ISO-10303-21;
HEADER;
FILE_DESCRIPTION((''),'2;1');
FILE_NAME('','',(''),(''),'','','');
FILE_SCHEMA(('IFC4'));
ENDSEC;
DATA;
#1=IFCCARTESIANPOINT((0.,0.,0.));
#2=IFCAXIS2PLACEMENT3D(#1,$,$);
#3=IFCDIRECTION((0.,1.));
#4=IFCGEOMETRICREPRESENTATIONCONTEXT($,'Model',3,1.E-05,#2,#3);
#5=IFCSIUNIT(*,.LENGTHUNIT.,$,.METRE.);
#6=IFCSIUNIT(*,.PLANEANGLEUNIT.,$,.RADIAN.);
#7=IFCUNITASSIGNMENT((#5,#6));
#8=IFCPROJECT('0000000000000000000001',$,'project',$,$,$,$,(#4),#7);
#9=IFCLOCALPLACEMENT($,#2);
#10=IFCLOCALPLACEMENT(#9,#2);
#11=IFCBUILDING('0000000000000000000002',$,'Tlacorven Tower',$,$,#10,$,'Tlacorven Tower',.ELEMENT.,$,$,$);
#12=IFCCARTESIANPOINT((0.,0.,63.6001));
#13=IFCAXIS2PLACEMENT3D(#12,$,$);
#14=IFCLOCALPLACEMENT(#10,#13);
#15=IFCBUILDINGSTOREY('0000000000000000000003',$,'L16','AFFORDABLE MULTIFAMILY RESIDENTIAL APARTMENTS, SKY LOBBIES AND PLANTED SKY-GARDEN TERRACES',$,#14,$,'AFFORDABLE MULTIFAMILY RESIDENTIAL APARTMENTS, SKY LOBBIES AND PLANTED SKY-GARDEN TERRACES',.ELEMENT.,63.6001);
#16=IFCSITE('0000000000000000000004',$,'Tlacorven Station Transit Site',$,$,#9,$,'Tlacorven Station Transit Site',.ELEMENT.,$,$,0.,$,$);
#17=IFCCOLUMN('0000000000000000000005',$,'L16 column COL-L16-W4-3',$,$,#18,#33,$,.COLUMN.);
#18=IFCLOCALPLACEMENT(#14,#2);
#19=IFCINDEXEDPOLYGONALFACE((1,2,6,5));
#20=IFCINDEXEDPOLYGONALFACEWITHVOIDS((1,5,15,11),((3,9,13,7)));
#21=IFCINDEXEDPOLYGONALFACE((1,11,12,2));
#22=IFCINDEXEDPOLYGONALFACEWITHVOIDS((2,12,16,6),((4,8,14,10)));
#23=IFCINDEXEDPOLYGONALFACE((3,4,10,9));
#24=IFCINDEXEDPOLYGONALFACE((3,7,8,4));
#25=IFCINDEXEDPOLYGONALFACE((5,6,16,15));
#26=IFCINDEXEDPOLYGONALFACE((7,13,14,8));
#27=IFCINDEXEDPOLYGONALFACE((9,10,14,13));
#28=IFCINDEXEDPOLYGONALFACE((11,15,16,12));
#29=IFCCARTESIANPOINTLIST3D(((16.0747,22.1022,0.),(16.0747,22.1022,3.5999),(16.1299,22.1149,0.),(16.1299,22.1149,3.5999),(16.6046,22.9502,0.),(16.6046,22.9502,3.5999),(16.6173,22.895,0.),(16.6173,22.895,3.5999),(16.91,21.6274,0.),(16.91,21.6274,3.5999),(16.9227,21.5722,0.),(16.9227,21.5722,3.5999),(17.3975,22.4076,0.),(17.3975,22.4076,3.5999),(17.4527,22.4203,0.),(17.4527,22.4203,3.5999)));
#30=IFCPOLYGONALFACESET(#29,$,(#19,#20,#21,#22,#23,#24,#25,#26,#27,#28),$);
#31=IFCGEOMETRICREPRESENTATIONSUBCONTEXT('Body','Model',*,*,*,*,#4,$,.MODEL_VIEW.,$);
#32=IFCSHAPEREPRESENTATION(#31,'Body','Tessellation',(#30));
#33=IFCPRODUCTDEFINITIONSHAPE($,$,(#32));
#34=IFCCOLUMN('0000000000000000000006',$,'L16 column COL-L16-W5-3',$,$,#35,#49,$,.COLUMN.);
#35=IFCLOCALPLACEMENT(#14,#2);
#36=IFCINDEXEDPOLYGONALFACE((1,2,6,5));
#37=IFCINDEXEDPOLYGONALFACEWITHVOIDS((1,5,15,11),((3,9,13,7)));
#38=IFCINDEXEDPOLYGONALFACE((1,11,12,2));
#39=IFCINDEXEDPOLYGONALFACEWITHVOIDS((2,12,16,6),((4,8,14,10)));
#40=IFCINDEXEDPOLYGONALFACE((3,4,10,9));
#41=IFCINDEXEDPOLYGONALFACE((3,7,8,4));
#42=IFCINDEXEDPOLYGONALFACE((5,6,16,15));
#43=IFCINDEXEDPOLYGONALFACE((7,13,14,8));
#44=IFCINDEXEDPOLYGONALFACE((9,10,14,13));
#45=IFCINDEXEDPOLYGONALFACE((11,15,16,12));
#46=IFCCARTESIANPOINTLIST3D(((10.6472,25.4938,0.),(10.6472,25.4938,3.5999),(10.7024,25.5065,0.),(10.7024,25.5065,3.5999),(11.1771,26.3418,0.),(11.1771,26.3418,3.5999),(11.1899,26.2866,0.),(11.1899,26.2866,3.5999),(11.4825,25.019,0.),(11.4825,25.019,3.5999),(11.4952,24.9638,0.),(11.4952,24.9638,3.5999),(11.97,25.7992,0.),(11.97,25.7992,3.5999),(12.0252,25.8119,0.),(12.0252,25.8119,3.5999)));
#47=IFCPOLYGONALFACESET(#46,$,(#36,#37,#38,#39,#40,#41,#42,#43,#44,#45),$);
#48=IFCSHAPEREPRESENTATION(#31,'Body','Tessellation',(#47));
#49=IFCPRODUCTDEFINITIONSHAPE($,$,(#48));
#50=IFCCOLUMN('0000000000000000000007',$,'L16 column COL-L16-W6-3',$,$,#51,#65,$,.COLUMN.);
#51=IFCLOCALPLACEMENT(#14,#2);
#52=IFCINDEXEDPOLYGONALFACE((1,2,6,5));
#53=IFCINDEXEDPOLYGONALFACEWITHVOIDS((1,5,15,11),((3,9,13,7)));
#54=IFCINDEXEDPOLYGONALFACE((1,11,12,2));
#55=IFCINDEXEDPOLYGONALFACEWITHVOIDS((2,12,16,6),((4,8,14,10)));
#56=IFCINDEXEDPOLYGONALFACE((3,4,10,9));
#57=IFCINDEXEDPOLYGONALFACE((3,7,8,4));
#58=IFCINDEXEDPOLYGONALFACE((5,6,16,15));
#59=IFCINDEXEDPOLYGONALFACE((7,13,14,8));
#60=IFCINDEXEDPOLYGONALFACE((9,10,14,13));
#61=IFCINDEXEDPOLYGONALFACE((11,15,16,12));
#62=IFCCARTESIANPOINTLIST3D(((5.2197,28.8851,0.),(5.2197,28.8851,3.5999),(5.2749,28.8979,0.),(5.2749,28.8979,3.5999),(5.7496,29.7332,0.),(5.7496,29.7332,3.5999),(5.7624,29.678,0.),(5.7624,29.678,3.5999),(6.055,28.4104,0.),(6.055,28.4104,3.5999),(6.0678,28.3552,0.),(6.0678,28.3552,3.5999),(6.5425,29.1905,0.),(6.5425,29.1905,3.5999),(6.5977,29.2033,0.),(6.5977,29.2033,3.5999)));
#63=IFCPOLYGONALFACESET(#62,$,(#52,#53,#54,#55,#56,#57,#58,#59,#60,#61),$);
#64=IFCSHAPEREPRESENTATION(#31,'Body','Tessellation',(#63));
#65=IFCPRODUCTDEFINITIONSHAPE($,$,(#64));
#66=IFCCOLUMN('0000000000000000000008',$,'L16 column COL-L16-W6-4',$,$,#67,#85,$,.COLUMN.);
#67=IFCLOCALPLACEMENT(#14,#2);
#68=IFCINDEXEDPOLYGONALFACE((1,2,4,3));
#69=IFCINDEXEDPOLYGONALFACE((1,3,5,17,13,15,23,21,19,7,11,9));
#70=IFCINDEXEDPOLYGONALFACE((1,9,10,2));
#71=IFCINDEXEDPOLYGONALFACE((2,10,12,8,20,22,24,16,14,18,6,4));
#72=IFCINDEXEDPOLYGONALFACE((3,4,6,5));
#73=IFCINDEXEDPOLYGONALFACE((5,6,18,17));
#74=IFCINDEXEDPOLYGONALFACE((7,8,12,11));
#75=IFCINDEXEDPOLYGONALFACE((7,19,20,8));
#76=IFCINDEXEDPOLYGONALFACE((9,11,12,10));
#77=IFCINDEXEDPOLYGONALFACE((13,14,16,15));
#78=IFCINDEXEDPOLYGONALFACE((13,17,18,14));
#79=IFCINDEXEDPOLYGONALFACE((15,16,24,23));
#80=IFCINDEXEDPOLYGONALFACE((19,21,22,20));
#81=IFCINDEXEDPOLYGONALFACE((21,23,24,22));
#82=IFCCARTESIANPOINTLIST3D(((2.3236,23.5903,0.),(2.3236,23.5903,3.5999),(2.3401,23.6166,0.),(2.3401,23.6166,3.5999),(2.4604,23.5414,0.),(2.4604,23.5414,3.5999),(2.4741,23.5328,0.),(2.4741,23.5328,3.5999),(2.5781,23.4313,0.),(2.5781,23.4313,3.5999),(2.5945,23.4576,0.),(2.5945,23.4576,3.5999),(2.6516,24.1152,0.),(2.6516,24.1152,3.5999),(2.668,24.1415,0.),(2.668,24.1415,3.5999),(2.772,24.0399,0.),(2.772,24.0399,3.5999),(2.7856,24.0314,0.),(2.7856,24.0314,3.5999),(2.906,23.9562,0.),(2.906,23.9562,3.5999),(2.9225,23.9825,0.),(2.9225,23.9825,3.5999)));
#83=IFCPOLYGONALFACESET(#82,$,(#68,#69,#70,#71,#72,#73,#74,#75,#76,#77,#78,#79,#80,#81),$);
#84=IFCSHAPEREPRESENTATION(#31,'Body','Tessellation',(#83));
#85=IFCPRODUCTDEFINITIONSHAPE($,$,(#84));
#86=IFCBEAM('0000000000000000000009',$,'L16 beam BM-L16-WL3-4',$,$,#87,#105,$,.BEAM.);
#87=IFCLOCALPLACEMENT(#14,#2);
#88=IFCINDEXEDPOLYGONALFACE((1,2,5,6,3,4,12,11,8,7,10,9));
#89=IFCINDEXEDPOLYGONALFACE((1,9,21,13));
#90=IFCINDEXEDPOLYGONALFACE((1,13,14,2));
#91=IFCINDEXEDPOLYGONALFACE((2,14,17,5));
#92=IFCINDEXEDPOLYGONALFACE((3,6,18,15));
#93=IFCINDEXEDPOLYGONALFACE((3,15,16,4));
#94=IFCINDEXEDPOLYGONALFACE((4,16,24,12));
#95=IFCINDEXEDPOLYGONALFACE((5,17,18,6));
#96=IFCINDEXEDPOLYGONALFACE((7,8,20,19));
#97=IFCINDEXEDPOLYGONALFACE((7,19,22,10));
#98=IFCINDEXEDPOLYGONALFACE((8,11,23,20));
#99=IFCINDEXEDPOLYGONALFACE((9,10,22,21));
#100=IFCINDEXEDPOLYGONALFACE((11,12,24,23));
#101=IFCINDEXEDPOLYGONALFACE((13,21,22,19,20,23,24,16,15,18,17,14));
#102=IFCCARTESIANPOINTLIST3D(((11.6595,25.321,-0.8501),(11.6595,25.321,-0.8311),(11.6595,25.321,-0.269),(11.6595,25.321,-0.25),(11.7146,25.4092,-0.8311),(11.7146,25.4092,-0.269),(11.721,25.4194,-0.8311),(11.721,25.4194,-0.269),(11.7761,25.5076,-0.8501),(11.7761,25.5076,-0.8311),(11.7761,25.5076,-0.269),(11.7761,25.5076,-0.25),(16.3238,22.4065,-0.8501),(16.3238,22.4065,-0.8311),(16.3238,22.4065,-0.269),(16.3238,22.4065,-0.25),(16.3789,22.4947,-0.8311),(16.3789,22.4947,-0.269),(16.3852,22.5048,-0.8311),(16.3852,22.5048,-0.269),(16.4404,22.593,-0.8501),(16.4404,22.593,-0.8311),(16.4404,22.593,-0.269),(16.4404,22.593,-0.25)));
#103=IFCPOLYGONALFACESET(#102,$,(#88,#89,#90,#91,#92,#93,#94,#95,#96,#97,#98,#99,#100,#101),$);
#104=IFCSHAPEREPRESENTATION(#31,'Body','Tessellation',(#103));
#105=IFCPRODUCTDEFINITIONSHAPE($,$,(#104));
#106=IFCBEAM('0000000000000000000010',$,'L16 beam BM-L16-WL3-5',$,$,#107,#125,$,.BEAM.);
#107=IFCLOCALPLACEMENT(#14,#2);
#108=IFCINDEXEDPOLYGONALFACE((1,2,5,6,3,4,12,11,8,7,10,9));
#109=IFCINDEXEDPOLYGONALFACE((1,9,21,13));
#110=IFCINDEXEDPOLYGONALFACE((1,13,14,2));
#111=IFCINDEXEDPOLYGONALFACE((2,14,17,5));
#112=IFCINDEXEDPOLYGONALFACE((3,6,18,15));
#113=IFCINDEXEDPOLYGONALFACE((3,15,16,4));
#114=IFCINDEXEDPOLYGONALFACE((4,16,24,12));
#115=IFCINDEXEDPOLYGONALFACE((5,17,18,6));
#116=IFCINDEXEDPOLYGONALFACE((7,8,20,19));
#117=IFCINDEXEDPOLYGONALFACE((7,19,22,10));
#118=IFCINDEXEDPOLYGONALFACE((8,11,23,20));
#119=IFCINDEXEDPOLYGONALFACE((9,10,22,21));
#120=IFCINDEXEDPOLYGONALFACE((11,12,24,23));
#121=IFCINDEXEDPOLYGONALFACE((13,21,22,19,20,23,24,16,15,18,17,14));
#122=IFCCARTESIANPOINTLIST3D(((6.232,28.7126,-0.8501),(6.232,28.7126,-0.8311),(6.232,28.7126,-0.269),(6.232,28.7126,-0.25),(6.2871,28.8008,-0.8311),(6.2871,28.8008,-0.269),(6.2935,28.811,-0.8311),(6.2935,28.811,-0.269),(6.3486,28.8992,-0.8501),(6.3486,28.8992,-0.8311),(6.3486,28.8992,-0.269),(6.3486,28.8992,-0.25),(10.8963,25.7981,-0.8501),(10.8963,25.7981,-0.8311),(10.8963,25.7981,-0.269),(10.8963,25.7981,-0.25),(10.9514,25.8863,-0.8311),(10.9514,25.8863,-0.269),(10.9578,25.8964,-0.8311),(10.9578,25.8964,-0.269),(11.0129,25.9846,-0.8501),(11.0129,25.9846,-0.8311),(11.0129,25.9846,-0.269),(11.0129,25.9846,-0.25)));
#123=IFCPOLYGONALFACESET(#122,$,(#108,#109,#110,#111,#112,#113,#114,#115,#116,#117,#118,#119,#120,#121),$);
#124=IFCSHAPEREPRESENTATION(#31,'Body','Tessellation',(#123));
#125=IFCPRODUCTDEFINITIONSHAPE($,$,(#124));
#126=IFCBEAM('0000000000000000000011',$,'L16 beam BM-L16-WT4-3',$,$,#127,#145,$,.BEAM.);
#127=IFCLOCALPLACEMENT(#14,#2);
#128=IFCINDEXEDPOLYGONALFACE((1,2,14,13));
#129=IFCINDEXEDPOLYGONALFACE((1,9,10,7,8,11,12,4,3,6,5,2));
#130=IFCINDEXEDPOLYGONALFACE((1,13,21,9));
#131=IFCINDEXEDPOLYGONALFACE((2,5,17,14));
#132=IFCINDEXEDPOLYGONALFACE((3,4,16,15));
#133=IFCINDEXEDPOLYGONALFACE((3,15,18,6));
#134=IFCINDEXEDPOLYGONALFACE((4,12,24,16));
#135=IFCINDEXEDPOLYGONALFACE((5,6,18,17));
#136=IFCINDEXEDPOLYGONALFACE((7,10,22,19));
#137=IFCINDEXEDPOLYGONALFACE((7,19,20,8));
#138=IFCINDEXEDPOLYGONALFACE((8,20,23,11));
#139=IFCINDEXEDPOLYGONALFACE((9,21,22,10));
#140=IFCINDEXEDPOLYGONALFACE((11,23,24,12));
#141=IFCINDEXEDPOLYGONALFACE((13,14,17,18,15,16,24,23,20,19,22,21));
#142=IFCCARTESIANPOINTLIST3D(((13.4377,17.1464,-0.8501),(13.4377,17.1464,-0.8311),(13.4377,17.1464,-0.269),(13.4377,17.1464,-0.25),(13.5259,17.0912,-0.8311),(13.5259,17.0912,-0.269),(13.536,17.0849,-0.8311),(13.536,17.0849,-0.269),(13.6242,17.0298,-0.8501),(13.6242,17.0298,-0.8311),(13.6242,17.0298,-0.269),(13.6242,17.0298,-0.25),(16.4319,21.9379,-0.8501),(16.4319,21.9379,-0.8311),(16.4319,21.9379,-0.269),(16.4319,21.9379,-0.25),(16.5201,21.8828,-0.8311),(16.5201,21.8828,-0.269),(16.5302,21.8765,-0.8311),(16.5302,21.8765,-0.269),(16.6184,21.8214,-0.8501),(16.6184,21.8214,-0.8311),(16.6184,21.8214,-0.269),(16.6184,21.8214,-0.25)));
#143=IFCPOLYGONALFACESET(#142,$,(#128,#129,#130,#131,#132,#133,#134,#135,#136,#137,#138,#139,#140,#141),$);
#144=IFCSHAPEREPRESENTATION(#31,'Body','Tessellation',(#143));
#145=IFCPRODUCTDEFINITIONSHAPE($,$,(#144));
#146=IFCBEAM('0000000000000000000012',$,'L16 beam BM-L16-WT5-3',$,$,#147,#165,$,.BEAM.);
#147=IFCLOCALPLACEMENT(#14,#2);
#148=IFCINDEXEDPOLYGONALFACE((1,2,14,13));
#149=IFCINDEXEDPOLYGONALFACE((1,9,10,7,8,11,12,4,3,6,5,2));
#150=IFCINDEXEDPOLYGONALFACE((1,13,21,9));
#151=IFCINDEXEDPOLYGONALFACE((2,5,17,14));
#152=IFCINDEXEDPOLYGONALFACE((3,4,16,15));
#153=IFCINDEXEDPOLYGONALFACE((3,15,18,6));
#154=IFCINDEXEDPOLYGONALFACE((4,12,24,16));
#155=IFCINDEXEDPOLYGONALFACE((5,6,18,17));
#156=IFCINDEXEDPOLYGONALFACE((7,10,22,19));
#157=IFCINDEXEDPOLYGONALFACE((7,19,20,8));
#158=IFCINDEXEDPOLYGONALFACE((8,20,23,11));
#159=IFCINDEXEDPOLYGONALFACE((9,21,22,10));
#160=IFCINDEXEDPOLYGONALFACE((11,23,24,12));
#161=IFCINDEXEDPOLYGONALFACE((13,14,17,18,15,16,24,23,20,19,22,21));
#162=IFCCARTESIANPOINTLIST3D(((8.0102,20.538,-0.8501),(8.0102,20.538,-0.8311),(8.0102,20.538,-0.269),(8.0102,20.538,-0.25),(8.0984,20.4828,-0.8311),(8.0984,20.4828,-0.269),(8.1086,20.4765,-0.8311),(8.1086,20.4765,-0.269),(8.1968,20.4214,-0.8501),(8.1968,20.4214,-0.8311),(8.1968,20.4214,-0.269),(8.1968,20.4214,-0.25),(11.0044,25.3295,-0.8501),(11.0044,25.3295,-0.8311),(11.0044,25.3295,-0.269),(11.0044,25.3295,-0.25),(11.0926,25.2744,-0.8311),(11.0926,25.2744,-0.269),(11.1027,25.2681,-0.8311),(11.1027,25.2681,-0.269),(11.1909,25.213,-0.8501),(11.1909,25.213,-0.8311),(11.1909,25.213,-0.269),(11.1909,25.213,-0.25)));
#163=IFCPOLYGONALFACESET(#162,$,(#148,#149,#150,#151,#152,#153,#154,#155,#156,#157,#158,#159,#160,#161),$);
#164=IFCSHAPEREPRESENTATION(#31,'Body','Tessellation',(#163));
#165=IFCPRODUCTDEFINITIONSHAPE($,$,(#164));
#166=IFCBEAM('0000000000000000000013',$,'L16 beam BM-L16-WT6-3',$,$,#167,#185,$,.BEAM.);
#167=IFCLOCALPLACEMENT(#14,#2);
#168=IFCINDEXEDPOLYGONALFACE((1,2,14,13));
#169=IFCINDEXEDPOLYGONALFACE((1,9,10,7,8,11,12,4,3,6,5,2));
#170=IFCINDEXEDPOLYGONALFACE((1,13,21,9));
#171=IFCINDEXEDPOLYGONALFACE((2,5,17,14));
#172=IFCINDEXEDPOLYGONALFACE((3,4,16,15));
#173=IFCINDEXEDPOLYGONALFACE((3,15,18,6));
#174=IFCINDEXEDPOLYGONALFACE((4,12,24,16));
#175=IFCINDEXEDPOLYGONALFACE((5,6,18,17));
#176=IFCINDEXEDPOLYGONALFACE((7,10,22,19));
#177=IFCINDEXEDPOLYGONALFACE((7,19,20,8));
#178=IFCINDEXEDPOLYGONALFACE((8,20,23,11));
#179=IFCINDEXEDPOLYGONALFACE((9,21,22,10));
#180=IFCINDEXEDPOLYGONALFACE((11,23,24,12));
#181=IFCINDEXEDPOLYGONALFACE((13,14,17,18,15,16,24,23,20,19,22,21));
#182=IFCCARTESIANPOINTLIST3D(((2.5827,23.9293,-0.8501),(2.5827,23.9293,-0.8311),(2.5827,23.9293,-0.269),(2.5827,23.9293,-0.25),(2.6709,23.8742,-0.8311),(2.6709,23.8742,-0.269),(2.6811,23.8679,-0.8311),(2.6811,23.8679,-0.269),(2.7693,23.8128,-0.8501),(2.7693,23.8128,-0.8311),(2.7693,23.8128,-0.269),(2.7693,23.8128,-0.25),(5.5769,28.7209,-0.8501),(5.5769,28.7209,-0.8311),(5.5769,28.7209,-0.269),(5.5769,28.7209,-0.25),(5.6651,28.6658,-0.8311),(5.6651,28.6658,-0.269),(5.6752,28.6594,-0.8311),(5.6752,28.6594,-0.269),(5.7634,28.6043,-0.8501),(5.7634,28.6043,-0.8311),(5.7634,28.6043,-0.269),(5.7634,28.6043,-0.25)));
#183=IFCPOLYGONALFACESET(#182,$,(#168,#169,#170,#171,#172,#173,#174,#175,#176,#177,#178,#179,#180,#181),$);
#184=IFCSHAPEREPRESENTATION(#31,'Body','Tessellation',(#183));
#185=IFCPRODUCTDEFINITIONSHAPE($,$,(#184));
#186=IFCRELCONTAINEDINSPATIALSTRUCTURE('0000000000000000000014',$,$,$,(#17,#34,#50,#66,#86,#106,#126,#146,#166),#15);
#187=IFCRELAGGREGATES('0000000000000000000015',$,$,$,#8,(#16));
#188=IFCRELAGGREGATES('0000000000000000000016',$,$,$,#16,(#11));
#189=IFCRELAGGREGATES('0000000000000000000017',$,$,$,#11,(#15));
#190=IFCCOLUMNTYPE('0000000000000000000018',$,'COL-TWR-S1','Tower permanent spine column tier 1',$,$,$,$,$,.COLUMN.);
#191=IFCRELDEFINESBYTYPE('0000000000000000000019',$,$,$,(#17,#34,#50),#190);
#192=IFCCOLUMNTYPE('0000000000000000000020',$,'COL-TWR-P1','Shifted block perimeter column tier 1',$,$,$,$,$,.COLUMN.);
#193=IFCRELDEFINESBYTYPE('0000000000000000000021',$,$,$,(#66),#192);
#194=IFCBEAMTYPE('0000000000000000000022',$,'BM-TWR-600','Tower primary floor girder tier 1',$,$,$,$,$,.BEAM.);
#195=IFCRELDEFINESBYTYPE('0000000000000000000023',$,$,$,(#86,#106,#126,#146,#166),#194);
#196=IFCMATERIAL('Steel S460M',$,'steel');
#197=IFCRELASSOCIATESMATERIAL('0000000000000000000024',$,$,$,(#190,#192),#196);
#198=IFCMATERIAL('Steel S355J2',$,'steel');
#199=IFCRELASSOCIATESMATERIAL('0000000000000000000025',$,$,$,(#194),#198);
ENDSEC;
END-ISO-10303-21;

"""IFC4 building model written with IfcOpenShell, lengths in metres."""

from ifc_helpers import new_model, si_unit, direction, frame, origin, origin_2d, place, context, subcontext, project, spatial, hollow_rectangle, i_section, extrude, source, transform, mapped, material, material_profile, profile_set, type_object, element, save


model = new_model("IFC4")

# Units and contexts
model_context = context("Model", 3, precision=1e-05, world=origin(), true_north=direction((0.0, 1.0)))
body_context = subcontext(model_context, "Body", "Model", "MODEL_VIEW")
ifc_project = project(units=[si_unit("LENGTHUNIT", "METRE"), si_unit("PLANEANGLEUNIT", "RADIAN")], contexts=[model_context])

# Site, building, storey
site_placement = place(None, origin())
site = spatial("IfcSite", under=ifc_project, at=site_placement, Name="Tlacorven Station Transit Site", LongName="Tlacorven Station Transit Site", CompositionType="ELEMENT", RefElevation=0.0)
building_placement = place(site_placement, origin())
building = spatial("IfcBuilding", under=site, at=building_placement, Name="Tlacorven Tower", LongName="Tlacorven Tower", CompositionType="ELEMENT")
storey_placement = place(building_placement, frame((0.0, 0.0, 63.6001)))
storey = spatial("IfcBuildingStorey", under=building, at=storey_placement, Name="L16", Description="AFFORDABLE MULTIFAMILY RESIDENTIAL APARTMENTS, SKY LOBBIES AND PLANTED SKY-GARDEN TERRACES", LongName="AFFORDABLE MULTIFAMILY RESIDENTIAL APARTMENTS, SKY LOBBIES AND PLANTED SKY-GARDEN TERRACES", CompositionType="ELEMENT", Elevation=63.6001)

# Columns
ifc_material_1 = material(Name="Steel S460M", Category="steel")
ifc_material_profile_1 = material_profile(ifc_material_1, hollow_rectangle(XDim=1.0, YDim=1.0, WallThickness=0.04, at=origin_2d()), Name="BOX 1000X1000X40")
ifc_profile_set_1 = profile_set([ifc_material_profile_1], Name="Steel S460M")
column_type_1 = type_object("IfcColumnType", Name="COL-TWR-S1", Description="Tower permanent spine column tier 1", PredefinedType="COLUMN", material=ifc_profile_set_1)
shared_shape_1 = source(origin(), body_context, "Body", "SweptSolid", [
    extrude(hollow_rectangle(XDim=1.0, YDim=1.0, WallThickness=0.04, at=origin_2d()), origin(), (0.0, 0.0, 1.0), 3.5999),
])
for number, where, z_axis, x_axis, name in (
    (1, (16.7637, 22.2612, 0.0), (0.0, 0.0, 1.0), (-0.848048, 0.529919, 0.0), "L16 column COL-L16-W4-3"),
    (2, (11.3362, 25.6528, 0.0), (0.0, 0.0, 1.0), (-0.848048, 0.529919, 0.0), "L16 column COL-L16-W5-3"),
    (3, (5.9087, 29.0442, 0.0), (0.0, 0.0, 1.0), (-0.848048, 0.529919, 0.0), "L16 column COL-L16-W6-3"),
):
    element("IfcColumn", number, at=place(storey_placement, frame(where, z_axis=z_axis, x_axis=x_axis)), inside=storey, type_object=column_type_1, Name=name, PredefinedType="COLUMN", context=body_context, shape_type="MappedRepresentation", body=[
        mapped(shared_shape_1, transform((0.0, 0.0, 0.0), scale=1.0)),
    ])
ifc_material_profile_2 = material_profile(ifc_material_1, i_section(OverallWidth=0.3, OverallDepth=0.6499, WebThickness=0.0161, FlangeThickness=0.031, at=origin_2d()), Name="HEB 650")
ifc_profile_set_2 = profile_set([ifc_material_profile_2], Name="Steel S460M")
column_type_2 = type_object("IfcColumnType", Name="COL-TWR-P1", Description="Shifted block perimeter column tier 1", PredefinedType="COLUMN", material=ifc_profile_set_2)
shared_shape_2 = source(origin(), body_context, "Body", "SweptSolid", [
    extrude(i_section(OverallWidth=0.3, OverallDepth=0.6499, WebThickness=0.0161, FlangeThickness=0.031, at=origin_2d()), origin(), (0.0, 0.0, 1.0), 3.5999),
])
column_placement = place(storey_placement, frame((2.623, 23.7864, 0.0), z_axis=(0.0, 0.0, 1.0), x_axis=(-0.848048, 0.529919, 0.0)))
element("IfcColumn", 4, at=column_placement, inside=storey, type_object=column_type_2, Name="L16 column COL-L16-W6-4", PredefinedType="COLUMN", context=body_context, shape_type="MappedRepresentation", body=[
    mapped(shared_shape_2, transform((0.0, 0.0, 0.0), scale=1.0)),
])

# Beams
ifc_material_2 = material(Name="Steel S355J2", Category="steel")
ifc_material_profile_3 = material_profile(ifc_material_2, i_section(OverallWidth=0.22, OverallDepth=0.6001, WebThickness=0.012, FlangeThickness=0.019, at=origin_2d()), Name="IPE 600")
ifc_profile_set_3 = profile_set([ifc_material_profile_3], Name="Steel S355J2")
beam_type_1 = type_object("IfcBeamType", Name="BM-TWR-600", Description="Tower primary floor girder tier 1", PredefinedType="BEAM", material=ifc_profile_set_3)
shared_shape_3 = source(origin(), body_context, "Body", "SweptSolid", [
    extrude(i_section(OverallWidth=0.22, OverallDepth=0.6001, WebThickness=0.012, FlangeThickness=0.019, at=origin_2d()), origin(), (0.0, 0.0, 1.0), 5.5),
])
for number, where, z_axis, x_axis, name in (
    (5, (16.3821, 22.4998, -0.55), (-0.848051, 0.529915, 0.0), (-0.529915, -0.848051, 0.0), "L16 beam BM-L16-WL3-4"),
    (6, (10.9546, 25.8914, -0.55), (-0.848051, 0.529915, 0.0), (-0.529915, -0.848051, 0.0), "L16 beam BM-L16-WL3-5"),
):
    element("IfcBeam", number, at=place(storey_placement, frame(where, z_axis=z_axis, x_axis=x_axis)), inside=storey, type_object=beam_type_1, Name=name, PredefinedType="BEAM", context=body_context, shape_type="MappedRepresentation", body=[
        mapped(shared_shape_3, transform((0.0, 0.0, 0.0), scale=1.0)),
    ])
shared_shape_4 = source(origin(), body_context, "Body", "SweptSolid", [
    extrude(i_section(OverallWidth=0.22, OverallDepth=0.6001, WebThickness=0.012, FlangeThickness=0.019, at=origin_2d()), origin(), (0.0, 0.0, 1.0), 5.6501),
])
for number, where, z_axis, x_axis, name in (
    (7, (16.5251, 21.8796, -0.55), (-0.529929, -0.848042, 0.0), (0.848042, -0.529929, 0.0), "L16 beam BM-L16-WT4-3"),
    (8, (11.0977, 25.2712, -0.55), (-0.529929, -0.848042, 0.0), (0.848042, -0.529929, 0.0), "L16 beam BM-L16-WT5-3"),
    (9, (5.6702, 28.6626, -0.55), (-0.529929, -0.848042, 0.0), (0.848042, -0.529929, 0.0), "L16 beam BM-L16-WT6-3"),
):
    element("IfcBeam", number, at=place(storey_placement, frame(where, z_axis=z_axis, x_axis=x_axis)), inside=storey, type_object=beam_type_1, Name=name, PredefinedType="BEAM", context=body_context, shape_type="MappedRepresentation", body=[
        mapped(shared_shape_4, transform((0.0, 0.0, 0.0), scale=1.0)),
    ])

save(model, "model.ifc")
